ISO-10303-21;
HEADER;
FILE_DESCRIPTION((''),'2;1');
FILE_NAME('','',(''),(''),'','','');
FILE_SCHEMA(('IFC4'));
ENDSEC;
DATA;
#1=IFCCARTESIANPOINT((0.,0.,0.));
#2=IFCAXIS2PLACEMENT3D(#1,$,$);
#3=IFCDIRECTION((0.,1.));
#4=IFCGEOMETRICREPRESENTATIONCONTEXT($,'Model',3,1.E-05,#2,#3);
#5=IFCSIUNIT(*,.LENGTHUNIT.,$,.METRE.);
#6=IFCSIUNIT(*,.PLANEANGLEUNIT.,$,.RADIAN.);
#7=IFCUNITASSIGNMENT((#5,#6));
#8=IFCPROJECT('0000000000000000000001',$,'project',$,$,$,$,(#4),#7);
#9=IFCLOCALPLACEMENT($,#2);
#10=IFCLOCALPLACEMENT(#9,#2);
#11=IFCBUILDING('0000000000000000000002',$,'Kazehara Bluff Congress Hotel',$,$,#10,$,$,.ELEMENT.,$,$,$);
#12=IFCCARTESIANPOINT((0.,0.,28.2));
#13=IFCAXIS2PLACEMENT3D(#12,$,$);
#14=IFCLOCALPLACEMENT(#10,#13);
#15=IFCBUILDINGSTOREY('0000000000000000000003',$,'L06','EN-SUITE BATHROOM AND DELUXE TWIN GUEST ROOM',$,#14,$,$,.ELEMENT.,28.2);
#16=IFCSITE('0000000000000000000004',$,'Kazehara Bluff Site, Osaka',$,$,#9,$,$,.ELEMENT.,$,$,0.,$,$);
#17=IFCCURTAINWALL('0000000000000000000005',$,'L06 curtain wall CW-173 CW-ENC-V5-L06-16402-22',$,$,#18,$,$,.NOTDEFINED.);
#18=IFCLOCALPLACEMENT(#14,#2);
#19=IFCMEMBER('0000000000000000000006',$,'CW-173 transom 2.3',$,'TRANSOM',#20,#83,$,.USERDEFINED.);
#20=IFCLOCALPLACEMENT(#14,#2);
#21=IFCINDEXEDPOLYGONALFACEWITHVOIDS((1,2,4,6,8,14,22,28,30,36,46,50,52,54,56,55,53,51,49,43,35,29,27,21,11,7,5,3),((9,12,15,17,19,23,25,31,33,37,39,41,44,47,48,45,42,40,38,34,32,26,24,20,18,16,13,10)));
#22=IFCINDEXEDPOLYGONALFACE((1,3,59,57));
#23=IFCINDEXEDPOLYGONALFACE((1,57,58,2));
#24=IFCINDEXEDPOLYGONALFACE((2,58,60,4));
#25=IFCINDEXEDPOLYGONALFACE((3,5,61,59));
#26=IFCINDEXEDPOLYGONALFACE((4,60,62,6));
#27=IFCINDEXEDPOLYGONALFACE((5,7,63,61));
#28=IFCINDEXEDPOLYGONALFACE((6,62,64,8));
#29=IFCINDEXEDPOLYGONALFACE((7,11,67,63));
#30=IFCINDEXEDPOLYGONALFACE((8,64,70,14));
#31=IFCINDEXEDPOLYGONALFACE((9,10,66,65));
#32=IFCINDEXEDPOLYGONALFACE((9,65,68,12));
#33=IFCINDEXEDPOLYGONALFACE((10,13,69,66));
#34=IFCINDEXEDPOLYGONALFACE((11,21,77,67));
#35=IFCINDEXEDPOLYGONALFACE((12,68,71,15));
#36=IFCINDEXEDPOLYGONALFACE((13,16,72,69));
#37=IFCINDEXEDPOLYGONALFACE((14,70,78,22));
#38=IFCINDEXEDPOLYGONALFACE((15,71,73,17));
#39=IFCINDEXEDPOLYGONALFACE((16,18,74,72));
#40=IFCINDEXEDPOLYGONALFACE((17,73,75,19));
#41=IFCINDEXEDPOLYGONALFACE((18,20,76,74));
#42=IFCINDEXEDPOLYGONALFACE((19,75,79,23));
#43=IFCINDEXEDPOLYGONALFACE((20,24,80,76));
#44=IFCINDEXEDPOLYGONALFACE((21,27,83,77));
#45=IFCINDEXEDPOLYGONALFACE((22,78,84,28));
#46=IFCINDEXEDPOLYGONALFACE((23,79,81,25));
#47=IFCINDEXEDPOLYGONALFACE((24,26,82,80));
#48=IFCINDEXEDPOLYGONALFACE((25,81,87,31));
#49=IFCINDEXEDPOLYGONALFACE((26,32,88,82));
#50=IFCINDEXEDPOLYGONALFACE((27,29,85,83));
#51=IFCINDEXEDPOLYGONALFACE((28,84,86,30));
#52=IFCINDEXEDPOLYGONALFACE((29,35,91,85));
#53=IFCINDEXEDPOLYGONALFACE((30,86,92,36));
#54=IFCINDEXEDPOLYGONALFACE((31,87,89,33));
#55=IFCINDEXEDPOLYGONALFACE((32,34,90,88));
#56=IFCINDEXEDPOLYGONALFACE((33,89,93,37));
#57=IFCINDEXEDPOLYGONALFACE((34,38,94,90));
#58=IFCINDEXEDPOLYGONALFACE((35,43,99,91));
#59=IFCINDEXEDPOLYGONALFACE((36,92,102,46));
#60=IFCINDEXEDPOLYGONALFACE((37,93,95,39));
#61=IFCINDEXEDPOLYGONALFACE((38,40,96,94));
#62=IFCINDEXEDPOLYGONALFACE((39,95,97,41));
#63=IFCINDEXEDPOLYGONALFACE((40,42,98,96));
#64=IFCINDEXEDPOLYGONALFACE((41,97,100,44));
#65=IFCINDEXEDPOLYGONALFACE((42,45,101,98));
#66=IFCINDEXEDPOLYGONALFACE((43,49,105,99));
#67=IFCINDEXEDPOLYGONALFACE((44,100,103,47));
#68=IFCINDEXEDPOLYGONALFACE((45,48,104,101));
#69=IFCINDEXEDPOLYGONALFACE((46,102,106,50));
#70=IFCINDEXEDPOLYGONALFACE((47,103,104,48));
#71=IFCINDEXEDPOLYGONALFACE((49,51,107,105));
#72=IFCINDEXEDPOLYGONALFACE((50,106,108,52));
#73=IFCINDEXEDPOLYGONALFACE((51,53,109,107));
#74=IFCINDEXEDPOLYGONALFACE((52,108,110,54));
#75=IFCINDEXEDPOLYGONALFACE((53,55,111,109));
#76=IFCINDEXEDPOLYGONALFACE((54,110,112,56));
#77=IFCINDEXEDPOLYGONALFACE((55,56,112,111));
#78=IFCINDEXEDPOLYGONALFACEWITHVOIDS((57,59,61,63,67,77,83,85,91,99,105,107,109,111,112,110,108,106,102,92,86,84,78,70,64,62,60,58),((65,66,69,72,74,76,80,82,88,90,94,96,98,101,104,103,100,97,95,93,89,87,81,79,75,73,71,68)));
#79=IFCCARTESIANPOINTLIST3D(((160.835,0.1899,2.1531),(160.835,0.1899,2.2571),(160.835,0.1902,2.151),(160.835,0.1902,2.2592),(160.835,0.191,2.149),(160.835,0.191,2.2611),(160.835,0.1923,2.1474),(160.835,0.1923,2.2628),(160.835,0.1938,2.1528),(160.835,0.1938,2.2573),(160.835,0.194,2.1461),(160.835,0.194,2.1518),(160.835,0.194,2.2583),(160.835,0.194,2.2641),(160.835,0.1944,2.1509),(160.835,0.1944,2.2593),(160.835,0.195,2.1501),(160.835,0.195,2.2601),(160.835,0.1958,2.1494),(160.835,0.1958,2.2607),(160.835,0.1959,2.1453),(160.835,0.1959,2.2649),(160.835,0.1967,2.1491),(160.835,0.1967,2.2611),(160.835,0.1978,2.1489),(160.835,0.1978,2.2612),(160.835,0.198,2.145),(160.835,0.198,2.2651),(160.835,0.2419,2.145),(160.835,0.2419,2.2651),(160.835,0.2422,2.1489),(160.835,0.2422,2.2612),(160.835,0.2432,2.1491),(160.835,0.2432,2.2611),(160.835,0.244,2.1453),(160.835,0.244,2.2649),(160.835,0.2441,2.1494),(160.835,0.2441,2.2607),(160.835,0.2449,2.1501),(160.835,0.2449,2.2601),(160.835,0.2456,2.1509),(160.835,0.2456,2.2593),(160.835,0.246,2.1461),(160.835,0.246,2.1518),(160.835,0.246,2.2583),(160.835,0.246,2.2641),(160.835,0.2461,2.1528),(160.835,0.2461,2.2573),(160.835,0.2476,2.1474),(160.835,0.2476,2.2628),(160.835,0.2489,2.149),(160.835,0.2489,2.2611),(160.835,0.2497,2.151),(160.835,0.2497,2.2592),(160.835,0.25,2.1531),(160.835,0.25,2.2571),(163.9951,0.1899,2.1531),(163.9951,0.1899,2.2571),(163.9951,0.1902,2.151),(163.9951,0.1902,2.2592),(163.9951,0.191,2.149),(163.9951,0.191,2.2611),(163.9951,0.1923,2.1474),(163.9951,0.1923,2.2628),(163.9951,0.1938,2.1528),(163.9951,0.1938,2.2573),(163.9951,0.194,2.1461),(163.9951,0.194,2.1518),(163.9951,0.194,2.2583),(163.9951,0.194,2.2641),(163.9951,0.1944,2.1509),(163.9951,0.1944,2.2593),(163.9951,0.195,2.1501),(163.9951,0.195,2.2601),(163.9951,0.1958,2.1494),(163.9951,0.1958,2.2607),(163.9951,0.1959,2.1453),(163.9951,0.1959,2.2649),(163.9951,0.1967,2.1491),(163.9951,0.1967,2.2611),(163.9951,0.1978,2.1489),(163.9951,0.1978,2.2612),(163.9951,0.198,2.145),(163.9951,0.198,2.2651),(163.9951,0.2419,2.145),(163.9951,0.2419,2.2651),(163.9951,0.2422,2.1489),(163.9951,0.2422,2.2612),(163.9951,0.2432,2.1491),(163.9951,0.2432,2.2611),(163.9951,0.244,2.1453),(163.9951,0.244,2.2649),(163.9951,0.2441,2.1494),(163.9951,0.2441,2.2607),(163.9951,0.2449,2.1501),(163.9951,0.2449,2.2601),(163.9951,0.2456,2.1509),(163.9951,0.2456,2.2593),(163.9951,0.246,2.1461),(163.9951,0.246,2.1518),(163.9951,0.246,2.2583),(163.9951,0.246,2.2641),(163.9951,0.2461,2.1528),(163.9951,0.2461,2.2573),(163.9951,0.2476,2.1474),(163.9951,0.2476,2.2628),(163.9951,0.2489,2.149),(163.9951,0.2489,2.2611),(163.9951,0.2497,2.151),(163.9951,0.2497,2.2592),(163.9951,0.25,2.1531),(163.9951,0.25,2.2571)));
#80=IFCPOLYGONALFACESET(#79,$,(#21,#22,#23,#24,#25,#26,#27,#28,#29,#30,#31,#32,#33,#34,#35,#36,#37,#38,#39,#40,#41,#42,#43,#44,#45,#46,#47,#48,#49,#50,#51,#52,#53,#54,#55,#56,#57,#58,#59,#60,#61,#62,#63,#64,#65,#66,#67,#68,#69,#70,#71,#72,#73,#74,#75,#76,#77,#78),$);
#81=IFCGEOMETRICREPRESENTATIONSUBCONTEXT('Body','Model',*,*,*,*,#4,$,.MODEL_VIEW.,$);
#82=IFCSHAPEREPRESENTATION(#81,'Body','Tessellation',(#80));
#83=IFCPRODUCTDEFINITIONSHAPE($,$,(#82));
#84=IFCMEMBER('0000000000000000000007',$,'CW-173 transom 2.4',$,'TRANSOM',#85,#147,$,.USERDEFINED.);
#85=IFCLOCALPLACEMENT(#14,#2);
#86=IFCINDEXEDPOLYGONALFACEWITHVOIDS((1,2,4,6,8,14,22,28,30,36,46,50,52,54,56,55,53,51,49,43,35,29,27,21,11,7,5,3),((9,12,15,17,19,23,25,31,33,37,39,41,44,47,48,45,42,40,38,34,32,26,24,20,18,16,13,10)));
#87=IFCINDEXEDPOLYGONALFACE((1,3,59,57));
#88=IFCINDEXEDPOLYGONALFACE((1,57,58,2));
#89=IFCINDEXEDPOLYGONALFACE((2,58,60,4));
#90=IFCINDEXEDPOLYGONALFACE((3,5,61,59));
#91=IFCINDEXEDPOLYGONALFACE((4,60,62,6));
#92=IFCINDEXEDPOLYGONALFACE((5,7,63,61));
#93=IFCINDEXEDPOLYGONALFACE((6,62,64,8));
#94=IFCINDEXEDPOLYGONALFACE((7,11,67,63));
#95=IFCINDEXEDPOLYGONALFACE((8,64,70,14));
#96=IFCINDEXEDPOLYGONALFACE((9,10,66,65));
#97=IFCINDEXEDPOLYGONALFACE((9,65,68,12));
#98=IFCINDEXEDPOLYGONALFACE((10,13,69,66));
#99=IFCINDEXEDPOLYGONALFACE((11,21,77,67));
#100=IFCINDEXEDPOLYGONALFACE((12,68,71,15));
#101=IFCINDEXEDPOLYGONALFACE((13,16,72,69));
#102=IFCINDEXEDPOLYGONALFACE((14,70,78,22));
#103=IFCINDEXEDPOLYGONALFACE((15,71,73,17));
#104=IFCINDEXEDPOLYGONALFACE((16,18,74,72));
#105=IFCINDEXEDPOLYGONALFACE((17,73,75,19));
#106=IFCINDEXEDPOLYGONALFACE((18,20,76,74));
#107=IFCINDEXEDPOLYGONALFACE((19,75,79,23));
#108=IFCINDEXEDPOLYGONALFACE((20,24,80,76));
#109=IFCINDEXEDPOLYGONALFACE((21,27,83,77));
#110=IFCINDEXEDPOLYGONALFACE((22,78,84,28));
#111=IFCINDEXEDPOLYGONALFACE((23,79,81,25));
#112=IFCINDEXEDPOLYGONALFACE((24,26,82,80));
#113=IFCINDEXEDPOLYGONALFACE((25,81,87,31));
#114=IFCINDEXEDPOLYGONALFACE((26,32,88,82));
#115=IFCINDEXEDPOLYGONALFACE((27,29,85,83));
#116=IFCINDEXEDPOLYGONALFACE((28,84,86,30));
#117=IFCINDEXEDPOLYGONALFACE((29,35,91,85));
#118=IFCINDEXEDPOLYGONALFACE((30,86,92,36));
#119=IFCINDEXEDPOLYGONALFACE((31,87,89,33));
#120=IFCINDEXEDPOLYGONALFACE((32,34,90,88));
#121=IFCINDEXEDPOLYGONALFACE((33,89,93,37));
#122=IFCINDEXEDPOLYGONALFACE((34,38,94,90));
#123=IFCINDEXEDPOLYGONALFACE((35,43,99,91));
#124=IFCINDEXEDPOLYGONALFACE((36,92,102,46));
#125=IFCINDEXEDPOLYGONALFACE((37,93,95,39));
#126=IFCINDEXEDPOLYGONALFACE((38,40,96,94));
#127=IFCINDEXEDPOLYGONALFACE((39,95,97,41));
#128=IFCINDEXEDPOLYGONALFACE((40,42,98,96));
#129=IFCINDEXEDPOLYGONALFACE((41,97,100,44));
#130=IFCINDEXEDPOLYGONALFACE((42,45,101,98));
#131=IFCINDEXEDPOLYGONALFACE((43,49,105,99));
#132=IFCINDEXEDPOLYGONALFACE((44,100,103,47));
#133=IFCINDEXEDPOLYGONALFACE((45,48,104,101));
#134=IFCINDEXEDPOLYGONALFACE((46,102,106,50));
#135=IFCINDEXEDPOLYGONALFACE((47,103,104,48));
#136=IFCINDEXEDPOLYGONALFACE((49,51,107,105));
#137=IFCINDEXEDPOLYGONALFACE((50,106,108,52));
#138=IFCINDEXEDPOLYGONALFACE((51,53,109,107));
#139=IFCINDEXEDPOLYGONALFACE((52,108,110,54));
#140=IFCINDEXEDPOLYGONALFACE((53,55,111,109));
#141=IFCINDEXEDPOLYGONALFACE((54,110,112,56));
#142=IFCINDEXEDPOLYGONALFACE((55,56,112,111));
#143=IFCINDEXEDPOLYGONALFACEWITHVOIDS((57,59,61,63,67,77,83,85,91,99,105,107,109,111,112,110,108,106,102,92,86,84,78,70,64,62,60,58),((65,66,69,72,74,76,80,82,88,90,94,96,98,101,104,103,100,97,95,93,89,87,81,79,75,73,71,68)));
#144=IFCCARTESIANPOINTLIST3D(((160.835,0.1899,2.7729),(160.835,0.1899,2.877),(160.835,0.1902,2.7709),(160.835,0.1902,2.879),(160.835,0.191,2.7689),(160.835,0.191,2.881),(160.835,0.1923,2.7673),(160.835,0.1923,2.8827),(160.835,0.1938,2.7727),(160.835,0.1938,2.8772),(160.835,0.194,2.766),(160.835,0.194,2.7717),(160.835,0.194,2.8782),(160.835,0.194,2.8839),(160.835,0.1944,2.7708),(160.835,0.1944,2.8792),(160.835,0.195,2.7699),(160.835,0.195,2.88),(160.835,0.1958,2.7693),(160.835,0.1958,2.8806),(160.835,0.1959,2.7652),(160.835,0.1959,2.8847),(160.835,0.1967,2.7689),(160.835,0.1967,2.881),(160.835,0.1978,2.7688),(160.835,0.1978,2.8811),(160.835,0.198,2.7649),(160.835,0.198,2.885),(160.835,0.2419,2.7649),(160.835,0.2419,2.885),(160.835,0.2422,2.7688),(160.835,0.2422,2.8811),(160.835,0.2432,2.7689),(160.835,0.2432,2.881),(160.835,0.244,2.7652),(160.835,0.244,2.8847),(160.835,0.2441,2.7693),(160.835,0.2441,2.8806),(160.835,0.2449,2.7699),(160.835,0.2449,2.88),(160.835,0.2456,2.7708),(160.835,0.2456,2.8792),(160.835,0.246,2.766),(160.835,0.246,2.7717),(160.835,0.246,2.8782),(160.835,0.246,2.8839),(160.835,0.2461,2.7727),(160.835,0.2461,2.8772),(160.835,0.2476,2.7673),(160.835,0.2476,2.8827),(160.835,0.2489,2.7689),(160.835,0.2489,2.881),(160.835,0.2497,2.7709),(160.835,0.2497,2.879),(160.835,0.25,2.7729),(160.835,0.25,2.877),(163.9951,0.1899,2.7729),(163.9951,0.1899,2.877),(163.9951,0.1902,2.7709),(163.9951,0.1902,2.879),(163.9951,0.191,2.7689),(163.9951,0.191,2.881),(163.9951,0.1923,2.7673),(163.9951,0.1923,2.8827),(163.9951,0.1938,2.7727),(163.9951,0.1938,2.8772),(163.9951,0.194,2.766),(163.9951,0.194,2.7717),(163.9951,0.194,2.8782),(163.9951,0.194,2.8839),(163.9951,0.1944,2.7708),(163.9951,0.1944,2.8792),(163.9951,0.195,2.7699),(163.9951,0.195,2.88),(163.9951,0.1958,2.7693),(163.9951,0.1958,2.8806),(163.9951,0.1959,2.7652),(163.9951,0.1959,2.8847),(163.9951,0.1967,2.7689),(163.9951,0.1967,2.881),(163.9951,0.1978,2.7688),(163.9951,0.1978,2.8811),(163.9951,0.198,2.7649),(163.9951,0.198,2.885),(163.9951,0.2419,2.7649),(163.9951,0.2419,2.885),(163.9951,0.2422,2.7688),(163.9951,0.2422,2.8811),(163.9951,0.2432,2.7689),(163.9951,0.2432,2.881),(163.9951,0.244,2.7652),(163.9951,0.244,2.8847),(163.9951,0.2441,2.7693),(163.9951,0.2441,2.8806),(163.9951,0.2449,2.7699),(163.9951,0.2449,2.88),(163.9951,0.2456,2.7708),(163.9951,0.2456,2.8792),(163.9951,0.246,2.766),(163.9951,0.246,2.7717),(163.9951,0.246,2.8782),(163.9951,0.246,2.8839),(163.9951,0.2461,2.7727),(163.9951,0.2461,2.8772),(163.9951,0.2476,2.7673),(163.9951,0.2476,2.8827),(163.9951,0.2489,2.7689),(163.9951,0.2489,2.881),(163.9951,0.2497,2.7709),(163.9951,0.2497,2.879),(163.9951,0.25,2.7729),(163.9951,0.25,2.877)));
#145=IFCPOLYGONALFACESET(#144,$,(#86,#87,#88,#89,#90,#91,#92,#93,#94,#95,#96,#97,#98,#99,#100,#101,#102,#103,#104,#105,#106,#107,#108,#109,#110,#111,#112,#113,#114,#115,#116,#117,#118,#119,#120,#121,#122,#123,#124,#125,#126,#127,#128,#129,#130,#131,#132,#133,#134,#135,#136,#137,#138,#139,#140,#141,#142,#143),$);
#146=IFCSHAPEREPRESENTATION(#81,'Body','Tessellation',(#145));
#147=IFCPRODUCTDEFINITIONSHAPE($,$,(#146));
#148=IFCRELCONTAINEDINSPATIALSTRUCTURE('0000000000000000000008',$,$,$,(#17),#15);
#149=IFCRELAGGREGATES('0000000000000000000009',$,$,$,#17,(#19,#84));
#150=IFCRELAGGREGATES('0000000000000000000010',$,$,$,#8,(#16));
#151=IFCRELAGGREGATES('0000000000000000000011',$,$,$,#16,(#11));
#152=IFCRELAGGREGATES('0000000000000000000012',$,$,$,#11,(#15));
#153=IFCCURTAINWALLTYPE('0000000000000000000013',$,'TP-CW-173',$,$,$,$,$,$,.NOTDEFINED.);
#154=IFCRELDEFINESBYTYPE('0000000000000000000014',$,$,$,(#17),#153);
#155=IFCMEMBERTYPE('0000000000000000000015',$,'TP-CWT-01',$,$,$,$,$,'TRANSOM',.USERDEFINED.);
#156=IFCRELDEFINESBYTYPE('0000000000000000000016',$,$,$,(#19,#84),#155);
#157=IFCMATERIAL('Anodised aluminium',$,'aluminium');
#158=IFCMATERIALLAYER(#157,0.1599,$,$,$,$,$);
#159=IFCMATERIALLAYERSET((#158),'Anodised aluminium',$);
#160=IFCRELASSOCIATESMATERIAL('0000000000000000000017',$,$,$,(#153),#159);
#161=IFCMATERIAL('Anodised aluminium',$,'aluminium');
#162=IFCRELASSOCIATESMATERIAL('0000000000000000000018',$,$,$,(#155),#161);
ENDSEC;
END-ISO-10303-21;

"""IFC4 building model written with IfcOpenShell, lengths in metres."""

from ifc_helpers import new_model, si_unit, direction, frame, origin, origin_2d, place, context, subcontext, project, spatial, hollow_rectangle, extrude, material, layer, layer_set, material_profile, profile_set, type_object, element, aggregate, save


model = new_model("IFC4")

# Units and contexts
model_context = context("Model", 3, precision=1e-05, world=origin(), true_north=direction((0.0, 1.0)))
body_context = subcontext(model_context, "Body", "Model", "MODEL_VIEW")
ifc_project = project(units=[si_unit("LENGTHUNIT", "METRE"), si_unit("PLANEANGLEUNIT", "RADIAN")], contexts=[model_context])

# Site, building, storey
site_placement = place(None, origin())
site = spatial("IfcSite", under=ifc_project, at=site_placement, Name="Kazehara Bluff Site, Osaka", CompositionType="ELEMENT", RefElevation=0.0)
building_placement = place(site_placement, origin())
building = spatial("IfcBuilding", under=site, at=building_placement, Name="Kazehara Bluff Congress Hotel", CompositionType="ELEMENT")
storey_placement = place(building_placement, frame((0.0, 0.0, 28.2)))
storey = spatial("IfcBuildingStorey", under=building, at=storey_placement, Name="L06", Description="EN-SUITE BATHROOM AND DELUXE TWIN GUEST ROOM", CompositionType="ELEMENT", Elevation=28.2)

# Curtain wall
ifc_material_1 = material(Name="Anodised aluminium", Category="aluminium")
ifc_layer_1 = layer(ifc_material_1, 0.1599)
ifc_layer_set_1 = layer_set([ifc_layer_1], Name="Anodised aluminium")
curtain_wall_type_1 = type_object("IfcCurtainWallType", Name="TP-CW-173", PredefinedType="NOTDEFINED", material=ifc_layer_set_1)
curtain_wall_1_placement = place(storey_placement, origin())
curtain_wall_1 = element("IfcCurtainWall", 1, at=curtain_wall_1_placement, inside=storey, type_object=curtain_wall_type_1, Name="L06 curtain wall CW-173 CW-ENC-V5-L06-16402-22", PredefinedType="NOTDEFINED")

# Members
ifc_material_2 = material(Name="Anodised aluminium", Category="aluminium")
ifc_material_profile_1 = material_profile(ifc_material_2, hollow_rectangle(XDim=0.0601, YDim=0.1201, WallThickness=0.0039, InnerFilletRadius=0.0039, OuterFilletRadius=0.0081, at=origin_2d()))
ifc_profile_set_1 = profile_set([ifc_material_profile_1], Name="Anodised aluminium")
member_type_1 = type_object("IfcMemberType", Name="TP-CWT-01", ElementType="TRANSOM", PredefinedType="USERDEFINED", material=ifc_profile_set_1)
member_1_placement = place(storey_placement, frame((163.9951, 0.22, 2.2051), z_axis=(-1.0, 0.0, 0.0), x_axis=(0.0, -1.0, 0.0)))
member_1 = element("IfcMember", 2, at=member_1_placement, type_object=member_type_1, Name="CW-173 transom 2.3", ObjectType="TRANSOM", PredefinedType="USERDEFINED", context=body_context, shape_type="SweptSolid", body=[
    extrude(hollow_rectangle(XDim=0.0601, YDim=0.1201, WallThickness=0.0039, InnerFilletRadius=0.0039, OuterFilletRadius=0.0081, at=origin_2d()), origin(), (0.0, 0.0, 1.0), 3.1602),
])
member_2_placement = place(storey_placement, frame((163.9951, 0.22, 2.825), z_axis=(-1.0, 0.0, 0.0), x_axis=(0.0, -1.0, 0.0)))
member_2 = element("IfcMember", 3, at=member_2_placement, type_object=member_type_1, Name="CW-173 transom 2.4", ObjectType="TRANSOM", PredefinedType="USERDEFINED", context=body_context, shape_type="SweptSolid", body=[
    extrude(hollow_rectangle(XDim=0.0601, YDim=0.1201, WallThickness=0.0039, InnerFilletRadius=0.0039, OuterFilletRadius=0.0081, at=origin_2d()), origin(), (0.0, 0.0, 1.0), 3.1602),
])

aggregate(curtain_wall_1, [member_1, member_2])

save(model, "model.ifc")
